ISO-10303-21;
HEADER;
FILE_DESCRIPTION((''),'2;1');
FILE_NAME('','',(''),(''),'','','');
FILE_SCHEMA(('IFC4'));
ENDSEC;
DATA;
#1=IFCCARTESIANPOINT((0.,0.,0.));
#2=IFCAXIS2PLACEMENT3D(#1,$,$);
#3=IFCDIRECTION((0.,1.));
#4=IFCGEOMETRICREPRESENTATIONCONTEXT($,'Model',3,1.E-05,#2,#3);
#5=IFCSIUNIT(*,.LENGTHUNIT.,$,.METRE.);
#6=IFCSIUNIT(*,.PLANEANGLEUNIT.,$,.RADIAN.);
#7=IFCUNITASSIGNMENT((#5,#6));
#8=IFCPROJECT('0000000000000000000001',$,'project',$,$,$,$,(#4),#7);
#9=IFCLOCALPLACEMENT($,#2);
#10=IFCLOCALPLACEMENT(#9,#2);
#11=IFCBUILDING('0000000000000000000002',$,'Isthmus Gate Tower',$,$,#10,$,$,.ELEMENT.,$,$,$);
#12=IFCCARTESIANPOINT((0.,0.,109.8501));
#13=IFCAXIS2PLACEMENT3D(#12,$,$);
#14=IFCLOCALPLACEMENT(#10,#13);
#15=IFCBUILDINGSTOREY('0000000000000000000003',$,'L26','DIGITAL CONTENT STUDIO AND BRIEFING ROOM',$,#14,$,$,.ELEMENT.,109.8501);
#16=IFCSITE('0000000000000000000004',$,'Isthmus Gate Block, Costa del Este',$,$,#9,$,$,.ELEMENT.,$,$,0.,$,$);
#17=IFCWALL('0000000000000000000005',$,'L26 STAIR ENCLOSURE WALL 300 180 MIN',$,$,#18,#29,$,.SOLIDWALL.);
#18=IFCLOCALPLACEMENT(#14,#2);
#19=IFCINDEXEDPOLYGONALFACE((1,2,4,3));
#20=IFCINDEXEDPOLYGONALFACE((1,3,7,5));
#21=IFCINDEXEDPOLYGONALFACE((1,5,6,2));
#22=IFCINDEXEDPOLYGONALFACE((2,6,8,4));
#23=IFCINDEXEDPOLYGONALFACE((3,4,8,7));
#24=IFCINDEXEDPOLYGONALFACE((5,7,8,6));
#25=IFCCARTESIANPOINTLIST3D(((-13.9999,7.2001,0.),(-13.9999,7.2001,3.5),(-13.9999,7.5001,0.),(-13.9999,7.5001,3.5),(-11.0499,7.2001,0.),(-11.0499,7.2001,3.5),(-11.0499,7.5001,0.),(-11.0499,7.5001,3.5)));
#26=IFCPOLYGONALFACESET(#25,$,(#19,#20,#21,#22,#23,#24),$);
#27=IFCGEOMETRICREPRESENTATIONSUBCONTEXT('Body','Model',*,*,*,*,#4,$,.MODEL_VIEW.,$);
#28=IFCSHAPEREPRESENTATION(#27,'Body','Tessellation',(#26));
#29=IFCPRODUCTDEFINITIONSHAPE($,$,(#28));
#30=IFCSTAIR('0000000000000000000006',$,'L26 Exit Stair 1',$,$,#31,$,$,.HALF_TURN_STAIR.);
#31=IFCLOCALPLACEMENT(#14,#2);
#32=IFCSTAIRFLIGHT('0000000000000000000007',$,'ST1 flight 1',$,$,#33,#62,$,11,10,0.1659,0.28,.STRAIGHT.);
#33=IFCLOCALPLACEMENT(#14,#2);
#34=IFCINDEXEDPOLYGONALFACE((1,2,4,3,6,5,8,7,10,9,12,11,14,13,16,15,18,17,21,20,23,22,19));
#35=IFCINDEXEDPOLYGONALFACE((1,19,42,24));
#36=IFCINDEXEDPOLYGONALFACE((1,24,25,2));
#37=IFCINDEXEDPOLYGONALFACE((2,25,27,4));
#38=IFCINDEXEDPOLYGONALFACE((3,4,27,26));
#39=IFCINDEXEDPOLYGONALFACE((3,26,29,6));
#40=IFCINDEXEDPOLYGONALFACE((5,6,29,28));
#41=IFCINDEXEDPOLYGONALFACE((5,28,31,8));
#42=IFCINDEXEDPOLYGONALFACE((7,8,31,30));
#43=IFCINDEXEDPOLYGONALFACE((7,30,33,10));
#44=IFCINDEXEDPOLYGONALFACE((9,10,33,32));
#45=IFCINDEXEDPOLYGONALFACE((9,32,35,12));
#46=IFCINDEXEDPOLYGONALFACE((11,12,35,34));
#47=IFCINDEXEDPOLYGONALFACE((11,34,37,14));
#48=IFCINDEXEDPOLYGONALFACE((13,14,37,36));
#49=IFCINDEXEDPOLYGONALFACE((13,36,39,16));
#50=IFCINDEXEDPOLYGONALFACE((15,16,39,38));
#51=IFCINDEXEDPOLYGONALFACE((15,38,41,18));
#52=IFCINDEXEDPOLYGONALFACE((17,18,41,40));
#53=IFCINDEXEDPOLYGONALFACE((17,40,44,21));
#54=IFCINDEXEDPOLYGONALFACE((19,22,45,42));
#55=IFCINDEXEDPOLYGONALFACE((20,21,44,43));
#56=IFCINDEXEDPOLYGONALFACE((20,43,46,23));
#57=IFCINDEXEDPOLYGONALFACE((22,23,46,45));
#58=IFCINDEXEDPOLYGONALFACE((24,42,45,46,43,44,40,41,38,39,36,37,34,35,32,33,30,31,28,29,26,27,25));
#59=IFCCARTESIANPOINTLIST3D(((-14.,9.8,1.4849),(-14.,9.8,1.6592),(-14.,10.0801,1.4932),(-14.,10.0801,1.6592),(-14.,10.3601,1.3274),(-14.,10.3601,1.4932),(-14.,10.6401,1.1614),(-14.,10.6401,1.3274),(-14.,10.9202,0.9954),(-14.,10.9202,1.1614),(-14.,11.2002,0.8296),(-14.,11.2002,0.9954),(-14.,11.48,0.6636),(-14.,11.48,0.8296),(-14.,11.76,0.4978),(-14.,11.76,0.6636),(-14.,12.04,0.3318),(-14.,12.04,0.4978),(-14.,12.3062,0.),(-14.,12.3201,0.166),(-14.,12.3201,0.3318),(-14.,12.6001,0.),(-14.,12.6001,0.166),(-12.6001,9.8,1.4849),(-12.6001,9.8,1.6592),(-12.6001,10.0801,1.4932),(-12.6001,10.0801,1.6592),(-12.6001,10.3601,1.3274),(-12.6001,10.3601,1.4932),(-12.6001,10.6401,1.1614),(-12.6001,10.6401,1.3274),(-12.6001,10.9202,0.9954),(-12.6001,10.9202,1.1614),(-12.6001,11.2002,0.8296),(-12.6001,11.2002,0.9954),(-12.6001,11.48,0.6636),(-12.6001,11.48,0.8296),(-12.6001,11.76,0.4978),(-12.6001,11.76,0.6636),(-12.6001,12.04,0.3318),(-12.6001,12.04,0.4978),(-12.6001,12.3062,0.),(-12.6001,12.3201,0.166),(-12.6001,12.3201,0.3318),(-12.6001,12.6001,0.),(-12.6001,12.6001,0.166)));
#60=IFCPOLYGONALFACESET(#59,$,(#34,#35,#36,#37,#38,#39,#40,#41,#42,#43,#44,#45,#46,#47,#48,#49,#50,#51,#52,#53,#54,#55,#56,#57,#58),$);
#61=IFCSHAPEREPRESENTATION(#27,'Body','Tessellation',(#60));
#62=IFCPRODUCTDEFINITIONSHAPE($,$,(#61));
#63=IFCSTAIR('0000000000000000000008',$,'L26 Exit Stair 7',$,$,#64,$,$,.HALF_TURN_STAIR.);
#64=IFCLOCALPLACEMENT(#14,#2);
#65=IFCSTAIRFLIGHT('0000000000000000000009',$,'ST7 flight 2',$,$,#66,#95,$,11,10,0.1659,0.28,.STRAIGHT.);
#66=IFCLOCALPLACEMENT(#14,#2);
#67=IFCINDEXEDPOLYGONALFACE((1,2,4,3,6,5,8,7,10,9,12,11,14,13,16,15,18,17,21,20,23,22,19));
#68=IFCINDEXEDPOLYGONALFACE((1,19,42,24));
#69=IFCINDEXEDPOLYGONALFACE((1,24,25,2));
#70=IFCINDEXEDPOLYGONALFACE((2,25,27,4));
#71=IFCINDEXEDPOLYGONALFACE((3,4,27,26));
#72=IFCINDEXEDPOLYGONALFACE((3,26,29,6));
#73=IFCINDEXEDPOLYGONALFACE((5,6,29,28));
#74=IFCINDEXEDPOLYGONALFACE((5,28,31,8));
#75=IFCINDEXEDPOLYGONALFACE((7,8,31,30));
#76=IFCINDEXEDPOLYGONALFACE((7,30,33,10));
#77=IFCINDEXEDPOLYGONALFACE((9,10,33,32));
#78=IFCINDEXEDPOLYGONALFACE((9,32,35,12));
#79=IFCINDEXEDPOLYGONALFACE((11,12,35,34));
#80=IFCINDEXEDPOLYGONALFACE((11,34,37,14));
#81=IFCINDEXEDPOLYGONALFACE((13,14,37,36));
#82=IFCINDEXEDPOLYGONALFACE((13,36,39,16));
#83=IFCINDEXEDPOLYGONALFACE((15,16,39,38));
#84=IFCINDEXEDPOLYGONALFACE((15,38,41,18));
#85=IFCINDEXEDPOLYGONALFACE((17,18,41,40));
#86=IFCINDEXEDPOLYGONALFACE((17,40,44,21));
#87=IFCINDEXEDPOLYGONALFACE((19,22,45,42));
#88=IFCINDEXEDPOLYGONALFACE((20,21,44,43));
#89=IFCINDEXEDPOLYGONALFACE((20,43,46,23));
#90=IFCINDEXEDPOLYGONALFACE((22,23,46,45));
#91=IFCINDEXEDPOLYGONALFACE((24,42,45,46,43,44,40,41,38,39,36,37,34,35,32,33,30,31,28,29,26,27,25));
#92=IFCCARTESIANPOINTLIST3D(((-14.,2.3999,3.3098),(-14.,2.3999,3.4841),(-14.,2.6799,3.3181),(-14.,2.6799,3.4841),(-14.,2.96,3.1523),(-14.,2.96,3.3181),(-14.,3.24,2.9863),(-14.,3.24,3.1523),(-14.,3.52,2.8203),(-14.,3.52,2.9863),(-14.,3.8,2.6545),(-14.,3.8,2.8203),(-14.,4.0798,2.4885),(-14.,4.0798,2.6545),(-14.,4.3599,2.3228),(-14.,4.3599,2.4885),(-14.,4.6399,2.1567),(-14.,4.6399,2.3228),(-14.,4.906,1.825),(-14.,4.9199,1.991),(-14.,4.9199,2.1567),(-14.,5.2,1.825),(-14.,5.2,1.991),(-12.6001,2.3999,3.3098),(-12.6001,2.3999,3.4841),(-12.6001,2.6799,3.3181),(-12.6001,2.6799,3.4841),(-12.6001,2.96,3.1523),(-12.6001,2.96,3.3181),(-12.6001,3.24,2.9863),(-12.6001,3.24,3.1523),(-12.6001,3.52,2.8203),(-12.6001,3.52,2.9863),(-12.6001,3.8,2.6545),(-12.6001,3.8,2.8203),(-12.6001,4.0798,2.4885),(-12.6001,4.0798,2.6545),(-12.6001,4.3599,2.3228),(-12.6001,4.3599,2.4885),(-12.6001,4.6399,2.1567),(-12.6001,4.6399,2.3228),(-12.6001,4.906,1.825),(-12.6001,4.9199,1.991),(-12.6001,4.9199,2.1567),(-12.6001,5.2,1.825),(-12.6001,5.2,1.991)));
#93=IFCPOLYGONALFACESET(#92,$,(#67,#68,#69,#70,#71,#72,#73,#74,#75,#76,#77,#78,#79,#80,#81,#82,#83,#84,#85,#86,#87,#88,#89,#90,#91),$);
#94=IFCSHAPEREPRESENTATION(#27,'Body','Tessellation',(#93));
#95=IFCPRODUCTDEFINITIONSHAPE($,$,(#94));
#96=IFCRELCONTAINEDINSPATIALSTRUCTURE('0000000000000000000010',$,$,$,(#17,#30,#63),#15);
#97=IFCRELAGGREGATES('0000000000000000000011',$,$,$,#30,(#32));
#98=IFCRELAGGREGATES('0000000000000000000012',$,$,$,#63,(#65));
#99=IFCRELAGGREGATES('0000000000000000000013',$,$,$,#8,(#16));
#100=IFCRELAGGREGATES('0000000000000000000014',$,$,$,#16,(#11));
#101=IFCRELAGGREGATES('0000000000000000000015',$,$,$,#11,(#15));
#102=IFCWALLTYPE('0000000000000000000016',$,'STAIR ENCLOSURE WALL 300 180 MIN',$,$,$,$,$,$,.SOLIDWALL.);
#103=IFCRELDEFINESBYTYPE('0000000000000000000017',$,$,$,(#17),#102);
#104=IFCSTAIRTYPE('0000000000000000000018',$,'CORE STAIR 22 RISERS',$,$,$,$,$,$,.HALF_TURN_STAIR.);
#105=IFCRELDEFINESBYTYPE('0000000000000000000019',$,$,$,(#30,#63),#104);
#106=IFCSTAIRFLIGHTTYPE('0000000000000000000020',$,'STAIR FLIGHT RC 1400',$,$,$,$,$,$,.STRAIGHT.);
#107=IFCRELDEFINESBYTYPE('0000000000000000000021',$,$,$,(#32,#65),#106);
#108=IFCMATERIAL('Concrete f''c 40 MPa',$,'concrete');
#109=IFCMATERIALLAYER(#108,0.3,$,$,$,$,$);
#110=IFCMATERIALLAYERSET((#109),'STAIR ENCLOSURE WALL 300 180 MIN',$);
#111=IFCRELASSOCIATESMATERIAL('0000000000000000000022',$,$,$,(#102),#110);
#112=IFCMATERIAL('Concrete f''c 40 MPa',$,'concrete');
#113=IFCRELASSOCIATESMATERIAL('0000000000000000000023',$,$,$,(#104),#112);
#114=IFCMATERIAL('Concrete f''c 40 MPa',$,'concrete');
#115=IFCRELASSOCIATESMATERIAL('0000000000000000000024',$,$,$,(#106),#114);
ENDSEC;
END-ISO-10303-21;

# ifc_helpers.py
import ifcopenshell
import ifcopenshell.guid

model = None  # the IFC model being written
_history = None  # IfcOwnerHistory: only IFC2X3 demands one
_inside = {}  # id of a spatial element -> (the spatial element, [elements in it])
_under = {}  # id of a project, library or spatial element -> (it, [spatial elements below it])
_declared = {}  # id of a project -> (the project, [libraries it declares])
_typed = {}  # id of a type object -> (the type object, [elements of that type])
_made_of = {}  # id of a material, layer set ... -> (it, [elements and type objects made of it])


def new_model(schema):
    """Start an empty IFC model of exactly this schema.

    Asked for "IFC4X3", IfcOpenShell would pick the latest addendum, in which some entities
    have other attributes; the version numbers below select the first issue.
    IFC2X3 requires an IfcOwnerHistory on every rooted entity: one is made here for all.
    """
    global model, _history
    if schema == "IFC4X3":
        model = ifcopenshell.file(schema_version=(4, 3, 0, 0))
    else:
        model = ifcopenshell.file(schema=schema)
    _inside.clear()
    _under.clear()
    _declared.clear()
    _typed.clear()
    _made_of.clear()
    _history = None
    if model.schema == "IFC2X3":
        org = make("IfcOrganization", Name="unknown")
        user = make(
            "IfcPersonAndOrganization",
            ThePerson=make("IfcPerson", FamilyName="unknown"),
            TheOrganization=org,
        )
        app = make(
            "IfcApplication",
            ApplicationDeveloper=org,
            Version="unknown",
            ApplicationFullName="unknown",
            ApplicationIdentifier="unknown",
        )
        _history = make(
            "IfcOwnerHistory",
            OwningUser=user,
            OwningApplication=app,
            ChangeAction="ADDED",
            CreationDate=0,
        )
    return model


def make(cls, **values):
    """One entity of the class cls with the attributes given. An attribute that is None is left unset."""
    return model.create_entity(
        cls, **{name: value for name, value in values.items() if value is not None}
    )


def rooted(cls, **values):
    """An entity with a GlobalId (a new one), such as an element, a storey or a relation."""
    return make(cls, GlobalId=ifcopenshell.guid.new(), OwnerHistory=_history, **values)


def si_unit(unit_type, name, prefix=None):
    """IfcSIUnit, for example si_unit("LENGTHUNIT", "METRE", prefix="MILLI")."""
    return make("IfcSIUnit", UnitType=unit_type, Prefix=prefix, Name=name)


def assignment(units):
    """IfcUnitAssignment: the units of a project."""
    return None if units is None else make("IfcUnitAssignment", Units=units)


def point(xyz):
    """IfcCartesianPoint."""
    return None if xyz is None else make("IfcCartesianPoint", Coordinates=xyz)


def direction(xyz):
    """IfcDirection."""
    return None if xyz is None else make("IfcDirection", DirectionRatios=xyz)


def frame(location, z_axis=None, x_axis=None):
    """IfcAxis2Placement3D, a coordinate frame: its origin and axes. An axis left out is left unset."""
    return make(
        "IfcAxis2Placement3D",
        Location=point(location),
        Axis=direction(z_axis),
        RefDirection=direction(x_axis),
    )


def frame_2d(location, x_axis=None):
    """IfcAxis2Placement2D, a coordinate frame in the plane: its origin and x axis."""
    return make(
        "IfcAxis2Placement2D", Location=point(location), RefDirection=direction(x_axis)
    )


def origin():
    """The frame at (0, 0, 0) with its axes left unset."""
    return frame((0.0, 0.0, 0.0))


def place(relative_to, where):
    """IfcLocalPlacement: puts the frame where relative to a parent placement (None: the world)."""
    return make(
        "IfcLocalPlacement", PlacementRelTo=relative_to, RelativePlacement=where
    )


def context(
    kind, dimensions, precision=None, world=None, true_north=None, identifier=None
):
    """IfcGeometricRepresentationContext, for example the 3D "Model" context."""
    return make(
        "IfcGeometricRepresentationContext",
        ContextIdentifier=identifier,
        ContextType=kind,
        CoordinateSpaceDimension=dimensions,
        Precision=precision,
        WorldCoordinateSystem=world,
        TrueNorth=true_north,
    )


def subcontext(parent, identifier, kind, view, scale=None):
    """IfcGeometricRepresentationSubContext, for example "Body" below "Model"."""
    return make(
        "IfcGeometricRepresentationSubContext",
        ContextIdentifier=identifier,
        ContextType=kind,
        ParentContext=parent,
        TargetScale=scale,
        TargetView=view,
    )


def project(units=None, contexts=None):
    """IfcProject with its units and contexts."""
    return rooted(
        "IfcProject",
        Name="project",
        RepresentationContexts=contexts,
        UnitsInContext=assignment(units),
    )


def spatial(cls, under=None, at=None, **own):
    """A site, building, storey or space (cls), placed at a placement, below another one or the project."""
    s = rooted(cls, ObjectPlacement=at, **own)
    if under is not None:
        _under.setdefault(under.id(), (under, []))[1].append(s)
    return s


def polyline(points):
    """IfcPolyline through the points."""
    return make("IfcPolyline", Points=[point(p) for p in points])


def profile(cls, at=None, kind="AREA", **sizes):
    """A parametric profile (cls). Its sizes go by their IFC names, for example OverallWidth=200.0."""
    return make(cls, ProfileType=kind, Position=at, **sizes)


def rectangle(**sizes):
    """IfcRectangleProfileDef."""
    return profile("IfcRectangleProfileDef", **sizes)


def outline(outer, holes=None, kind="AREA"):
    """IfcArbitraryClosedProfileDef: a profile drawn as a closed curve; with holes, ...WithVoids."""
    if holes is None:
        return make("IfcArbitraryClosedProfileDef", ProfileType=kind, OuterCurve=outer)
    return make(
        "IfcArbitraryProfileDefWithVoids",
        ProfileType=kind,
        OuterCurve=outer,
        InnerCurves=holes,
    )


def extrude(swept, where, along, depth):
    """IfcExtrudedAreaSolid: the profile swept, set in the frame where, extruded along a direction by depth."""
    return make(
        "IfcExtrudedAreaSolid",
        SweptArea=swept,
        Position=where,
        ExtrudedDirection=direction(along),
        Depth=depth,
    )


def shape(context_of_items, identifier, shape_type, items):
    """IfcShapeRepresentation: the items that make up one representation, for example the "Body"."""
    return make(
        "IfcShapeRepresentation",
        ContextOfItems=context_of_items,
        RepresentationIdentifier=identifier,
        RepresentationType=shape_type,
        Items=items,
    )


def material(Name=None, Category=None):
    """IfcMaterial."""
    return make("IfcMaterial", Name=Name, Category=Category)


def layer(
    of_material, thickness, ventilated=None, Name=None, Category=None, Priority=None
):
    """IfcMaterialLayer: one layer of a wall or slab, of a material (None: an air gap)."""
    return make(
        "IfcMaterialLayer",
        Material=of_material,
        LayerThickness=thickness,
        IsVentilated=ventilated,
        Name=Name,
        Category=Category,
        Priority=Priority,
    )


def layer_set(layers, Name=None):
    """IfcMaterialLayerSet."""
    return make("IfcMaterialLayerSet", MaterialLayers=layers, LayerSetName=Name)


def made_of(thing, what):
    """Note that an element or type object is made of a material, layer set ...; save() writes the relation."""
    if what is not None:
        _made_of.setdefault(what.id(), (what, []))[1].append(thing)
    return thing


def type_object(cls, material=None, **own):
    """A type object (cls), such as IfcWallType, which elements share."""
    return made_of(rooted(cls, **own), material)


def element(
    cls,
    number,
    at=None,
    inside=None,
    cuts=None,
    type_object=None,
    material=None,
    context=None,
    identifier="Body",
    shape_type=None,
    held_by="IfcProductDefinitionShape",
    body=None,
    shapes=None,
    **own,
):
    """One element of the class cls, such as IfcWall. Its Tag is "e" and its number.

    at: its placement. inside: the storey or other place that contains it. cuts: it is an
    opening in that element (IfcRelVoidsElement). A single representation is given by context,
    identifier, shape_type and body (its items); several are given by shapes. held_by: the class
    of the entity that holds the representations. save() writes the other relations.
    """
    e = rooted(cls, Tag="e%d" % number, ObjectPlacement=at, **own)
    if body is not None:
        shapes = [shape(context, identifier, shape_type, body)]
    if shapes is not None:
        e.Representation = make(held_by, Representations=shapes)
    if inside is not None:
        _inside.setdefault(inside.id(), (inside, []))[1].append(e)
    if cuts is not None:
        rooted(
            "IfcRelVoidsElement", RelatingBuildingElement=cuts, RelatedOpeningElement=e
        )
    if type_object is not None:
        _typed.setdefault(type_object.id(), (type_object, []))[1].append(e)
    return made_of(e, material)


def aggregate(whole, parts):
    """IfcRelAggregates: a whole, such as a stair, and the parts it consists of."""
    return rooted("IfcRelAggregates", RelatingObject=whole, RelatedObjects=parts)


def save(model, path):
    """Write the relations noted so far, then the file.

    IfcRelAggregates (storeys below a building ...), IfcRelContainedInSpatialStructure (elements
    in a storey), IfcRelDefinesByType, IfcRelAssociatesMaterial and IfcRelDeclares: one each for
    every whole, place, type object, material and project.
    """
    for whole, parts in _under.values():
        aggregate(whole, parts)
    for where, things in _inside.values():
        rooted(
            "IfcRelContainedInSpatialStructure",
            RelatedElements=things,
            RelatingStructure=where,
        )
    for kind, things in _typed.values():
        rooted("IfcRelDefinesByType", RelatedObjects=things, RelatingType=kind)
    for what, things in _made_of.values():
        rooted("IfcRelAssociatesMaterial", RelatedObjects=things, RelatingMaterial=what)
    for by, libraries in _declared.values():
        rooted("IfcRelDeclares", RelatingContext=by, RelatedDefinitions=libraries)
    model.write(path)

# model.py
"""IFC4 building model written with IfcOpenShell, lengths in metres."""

from ifc_helpers import new_model, si_unit, direction, frame, frame_2d, origin, place, context, subcontext, project, spatial, polyline, rectangle, outline, extrude, material, layer, layer_set, type_object, element, aggregate, save


model = new_model("IFC4")

# Units and contexts
model_context = context("Model", 3, precision=1e-05, world=origin(), true_north=direction((0.0, 1.0)))
body_context = subcontext(model_context, "Body", "Model", "MODEL_VIEW")
ifc_project = project(units=[si_unit("LENGTHUNIT", "METRE"), si_unit("PLANEANGLEUNIT", "RADIAN")], contexts=[model_context])

# Site, building, storey
site_placement = place(None, origin())
site = spatial("IfcSite", under=ifc_project, at=site_placement, Name="Isthmus Gate Block, Costa del Este", CompositionType="ELEMENT", RefElevation=0.0)
building_placement = place(site_placement, origin())
building = spatial("IfcBuilding", under=site, at=building_placement, Name="Isthmus Gate Tower", CompositionType="ELEMENT")
storey_placement = place(building_placement, frame((0.0, 0.0, 109.8501)))
storey = spatial("IfcBuildingStorey", under=building, at=storey_placement, Name="L26", Description="DIGITAL CONTENT STUDIO AND BRIEFING ROOM", CompositionType="ELEMENT", Elevation=109.8501)

# Wall
ifc_material_1 = material(Name="Concrete f'c 40 MPa", Category="concrete")
ifc_layer_1 = layer(ifc_material_1, 0.3)
ifc_layer_set_1 = layer_set([ifc_layer_1], Name="STAIR ENCLOSURE WALL 300 180 MIN")
wall_type_1 = type_object("IfcWallType", Name="STAIR ENCLOSURE WALL 300 180 MIN", PredefinedType="SOLIDWALL", material=ifc_layer_set_1)
wall_1_placement = place(storey_placement, frame((-14.0, 7.3501, 0.0), z_axis=(0.0, 0.0, 1.0), x_axis=(1.0, 0.0, 0.0)))
element("IfcWall", 1, at=wall_1_placement, inside=storey, type_object=wall_type_1, Name="L26 STAIR ENCLOSURE WALL 300 180 MIN", PredefinedType="SOLIDWALL", context=body_context, shape_type="SweptSolid", body=[
    extrude(rectangle(XDim=2.95, YDim=0.3, at=frame_2d((1.4751, 0.0))), origin(), (0.0, 0.0, 1.0), 3.5),
])

# Stairs, stair flights
ifc_material_2 = material(Name="Concrete f'c 40 MPa", Category="concrete")
stair_type = type_object("IfcStairType", Name="CORE STAIR 22 RISERS", PredefinedType="HALF_TURN_STAIR", material=ifc_material_2)
stair_1_placement = place(storey_placement, origin())
stair_1 = element("IfcStair", 2, at=stair_1_placement, inside=storey, type_object=stair_type, Name="L26 Exit Stair 1", PredefinedType="HALF_TURN_STAIR")
ifc_material_3 = material(Name="Concrete f'c 40 MPa", Category="concrete")
stair_flight_type = type_object("IfcStairFlightType", Name="STAIR FLIGHT RC 1400", PredefinedType="STRAIGHT", material=ifc_material_3)
stair_flight_1_placement = place(storey_placement, frame((-13.3, 12.6001, 0.0), z_axis=(0.0, 0.0, 1.0), x_axis=(0.0, -1.0, 0.0)))
stair_flight_1 = element("IfcStairFlight", 3, at=stair_flight_1_placement, type_object=stair_flight_type, Name="ST1 flight 1", NumberOfRisers=11, NumberOfTreads=10, PredefinedType="STRAIGHT", RiserHeight=0.1659, TreadLength=0.28, context=body_context, shape_type="SweptSolid", body=[
    extrude(outline(polyline([(0.0, 0.0), (0.0, 0.166), (0.28, 0.166), (0.28, 0.3318), (0.5601, 0.3318), (0.5601, 0.4978), (0.8401, 0.4978), (0.8401, 0.6636), (1.1201, 0.6636), (1.1201, 0.8296), (1.3999, 0.8296), (1.3999, 0.9954), (1.6799, 0.9954), (1.6799, 1.1614), (1.96, 1.1614), (1.96, 1.3274), (2.24, 1.3274), (2.24, 1.4932), (2.52, 1.4932), (2.52, 1.6592), (2.8, 1.6592), (2.8, 1.825), (2.8, 1.4849), (0.2939, 0.0), (0.0, 0.0)])), frame((0.0, 0.7, 0.0), z_axis=(0.0, -1.0, 0.0), x_axis=(1.0, 0.0, 0.0)), (0.0, 0.0, 1.0), 1.3999),
])
aggregate(stair_1, [stair_flight_1])
stair_2_placement = place(storey_placement, origin())
stair_2 = element("IfcStair", 4, at=stair_2_placement, inside=storey, type_object=stair_type, Name="L26 Exit Stair 7", PredefinedType="HALF_TURN_STAIR")
stair_flight_2_placement = place(storey_placement, frame((-13.3, 5.2, 1.825), z_axis=(0.0, 0.0, 1.0), x_axis=(0.0, -1.0, 0.0)))
stair_flight_2 = element("IfcStairFlight", 5, at=stair_flight_2_placement, type_object=stair_flight_type, Name="ST7 flight 2", NumberOfRisers=11, NumberOfTreads=10, PredefinedType="STRAIGHT", RiserHeight=0.1659, TreadLength=0.28, context=body_context, shape_type="SweptSolid", body=[
    extrude(outline(polyline([(0.0, 0.0), (0.0, 0.166), (0.28, 0.166), (0.28, 0.3318), (0.5601, 0.3318), (0.5601, 0.4978), (0.8401, 0.4978), (0.8401, 0.6636), (1.1201, 0.6636), (1.1201, 0.8296), (1.3999, 0.8296), (1.3999, 0.9954), (1.6799, 0.9954), (1.6799, 1.1614), (1.96, 1.1614), (1.96, 1.3274), (2.24, 1.3274), (2.24, 1.4932), (2.52, 1.4932), (2.52, 1.6592), (2.8, 1.6592), (2.8, 1.825), (2.8, 1.4849), (0.2939, 0.0), (0.0, 0.0)])), frame((0.0, 0.7, 0.0), z_axis=(0.0, -1.0, 0.0), x_axis=(1.0, 0.0, 0.0)), (0.0, 0.0, 1.0), 1.3999),
])
aggregate(stair_2, [stair_flight_2])

save(model, "model.ifc")
